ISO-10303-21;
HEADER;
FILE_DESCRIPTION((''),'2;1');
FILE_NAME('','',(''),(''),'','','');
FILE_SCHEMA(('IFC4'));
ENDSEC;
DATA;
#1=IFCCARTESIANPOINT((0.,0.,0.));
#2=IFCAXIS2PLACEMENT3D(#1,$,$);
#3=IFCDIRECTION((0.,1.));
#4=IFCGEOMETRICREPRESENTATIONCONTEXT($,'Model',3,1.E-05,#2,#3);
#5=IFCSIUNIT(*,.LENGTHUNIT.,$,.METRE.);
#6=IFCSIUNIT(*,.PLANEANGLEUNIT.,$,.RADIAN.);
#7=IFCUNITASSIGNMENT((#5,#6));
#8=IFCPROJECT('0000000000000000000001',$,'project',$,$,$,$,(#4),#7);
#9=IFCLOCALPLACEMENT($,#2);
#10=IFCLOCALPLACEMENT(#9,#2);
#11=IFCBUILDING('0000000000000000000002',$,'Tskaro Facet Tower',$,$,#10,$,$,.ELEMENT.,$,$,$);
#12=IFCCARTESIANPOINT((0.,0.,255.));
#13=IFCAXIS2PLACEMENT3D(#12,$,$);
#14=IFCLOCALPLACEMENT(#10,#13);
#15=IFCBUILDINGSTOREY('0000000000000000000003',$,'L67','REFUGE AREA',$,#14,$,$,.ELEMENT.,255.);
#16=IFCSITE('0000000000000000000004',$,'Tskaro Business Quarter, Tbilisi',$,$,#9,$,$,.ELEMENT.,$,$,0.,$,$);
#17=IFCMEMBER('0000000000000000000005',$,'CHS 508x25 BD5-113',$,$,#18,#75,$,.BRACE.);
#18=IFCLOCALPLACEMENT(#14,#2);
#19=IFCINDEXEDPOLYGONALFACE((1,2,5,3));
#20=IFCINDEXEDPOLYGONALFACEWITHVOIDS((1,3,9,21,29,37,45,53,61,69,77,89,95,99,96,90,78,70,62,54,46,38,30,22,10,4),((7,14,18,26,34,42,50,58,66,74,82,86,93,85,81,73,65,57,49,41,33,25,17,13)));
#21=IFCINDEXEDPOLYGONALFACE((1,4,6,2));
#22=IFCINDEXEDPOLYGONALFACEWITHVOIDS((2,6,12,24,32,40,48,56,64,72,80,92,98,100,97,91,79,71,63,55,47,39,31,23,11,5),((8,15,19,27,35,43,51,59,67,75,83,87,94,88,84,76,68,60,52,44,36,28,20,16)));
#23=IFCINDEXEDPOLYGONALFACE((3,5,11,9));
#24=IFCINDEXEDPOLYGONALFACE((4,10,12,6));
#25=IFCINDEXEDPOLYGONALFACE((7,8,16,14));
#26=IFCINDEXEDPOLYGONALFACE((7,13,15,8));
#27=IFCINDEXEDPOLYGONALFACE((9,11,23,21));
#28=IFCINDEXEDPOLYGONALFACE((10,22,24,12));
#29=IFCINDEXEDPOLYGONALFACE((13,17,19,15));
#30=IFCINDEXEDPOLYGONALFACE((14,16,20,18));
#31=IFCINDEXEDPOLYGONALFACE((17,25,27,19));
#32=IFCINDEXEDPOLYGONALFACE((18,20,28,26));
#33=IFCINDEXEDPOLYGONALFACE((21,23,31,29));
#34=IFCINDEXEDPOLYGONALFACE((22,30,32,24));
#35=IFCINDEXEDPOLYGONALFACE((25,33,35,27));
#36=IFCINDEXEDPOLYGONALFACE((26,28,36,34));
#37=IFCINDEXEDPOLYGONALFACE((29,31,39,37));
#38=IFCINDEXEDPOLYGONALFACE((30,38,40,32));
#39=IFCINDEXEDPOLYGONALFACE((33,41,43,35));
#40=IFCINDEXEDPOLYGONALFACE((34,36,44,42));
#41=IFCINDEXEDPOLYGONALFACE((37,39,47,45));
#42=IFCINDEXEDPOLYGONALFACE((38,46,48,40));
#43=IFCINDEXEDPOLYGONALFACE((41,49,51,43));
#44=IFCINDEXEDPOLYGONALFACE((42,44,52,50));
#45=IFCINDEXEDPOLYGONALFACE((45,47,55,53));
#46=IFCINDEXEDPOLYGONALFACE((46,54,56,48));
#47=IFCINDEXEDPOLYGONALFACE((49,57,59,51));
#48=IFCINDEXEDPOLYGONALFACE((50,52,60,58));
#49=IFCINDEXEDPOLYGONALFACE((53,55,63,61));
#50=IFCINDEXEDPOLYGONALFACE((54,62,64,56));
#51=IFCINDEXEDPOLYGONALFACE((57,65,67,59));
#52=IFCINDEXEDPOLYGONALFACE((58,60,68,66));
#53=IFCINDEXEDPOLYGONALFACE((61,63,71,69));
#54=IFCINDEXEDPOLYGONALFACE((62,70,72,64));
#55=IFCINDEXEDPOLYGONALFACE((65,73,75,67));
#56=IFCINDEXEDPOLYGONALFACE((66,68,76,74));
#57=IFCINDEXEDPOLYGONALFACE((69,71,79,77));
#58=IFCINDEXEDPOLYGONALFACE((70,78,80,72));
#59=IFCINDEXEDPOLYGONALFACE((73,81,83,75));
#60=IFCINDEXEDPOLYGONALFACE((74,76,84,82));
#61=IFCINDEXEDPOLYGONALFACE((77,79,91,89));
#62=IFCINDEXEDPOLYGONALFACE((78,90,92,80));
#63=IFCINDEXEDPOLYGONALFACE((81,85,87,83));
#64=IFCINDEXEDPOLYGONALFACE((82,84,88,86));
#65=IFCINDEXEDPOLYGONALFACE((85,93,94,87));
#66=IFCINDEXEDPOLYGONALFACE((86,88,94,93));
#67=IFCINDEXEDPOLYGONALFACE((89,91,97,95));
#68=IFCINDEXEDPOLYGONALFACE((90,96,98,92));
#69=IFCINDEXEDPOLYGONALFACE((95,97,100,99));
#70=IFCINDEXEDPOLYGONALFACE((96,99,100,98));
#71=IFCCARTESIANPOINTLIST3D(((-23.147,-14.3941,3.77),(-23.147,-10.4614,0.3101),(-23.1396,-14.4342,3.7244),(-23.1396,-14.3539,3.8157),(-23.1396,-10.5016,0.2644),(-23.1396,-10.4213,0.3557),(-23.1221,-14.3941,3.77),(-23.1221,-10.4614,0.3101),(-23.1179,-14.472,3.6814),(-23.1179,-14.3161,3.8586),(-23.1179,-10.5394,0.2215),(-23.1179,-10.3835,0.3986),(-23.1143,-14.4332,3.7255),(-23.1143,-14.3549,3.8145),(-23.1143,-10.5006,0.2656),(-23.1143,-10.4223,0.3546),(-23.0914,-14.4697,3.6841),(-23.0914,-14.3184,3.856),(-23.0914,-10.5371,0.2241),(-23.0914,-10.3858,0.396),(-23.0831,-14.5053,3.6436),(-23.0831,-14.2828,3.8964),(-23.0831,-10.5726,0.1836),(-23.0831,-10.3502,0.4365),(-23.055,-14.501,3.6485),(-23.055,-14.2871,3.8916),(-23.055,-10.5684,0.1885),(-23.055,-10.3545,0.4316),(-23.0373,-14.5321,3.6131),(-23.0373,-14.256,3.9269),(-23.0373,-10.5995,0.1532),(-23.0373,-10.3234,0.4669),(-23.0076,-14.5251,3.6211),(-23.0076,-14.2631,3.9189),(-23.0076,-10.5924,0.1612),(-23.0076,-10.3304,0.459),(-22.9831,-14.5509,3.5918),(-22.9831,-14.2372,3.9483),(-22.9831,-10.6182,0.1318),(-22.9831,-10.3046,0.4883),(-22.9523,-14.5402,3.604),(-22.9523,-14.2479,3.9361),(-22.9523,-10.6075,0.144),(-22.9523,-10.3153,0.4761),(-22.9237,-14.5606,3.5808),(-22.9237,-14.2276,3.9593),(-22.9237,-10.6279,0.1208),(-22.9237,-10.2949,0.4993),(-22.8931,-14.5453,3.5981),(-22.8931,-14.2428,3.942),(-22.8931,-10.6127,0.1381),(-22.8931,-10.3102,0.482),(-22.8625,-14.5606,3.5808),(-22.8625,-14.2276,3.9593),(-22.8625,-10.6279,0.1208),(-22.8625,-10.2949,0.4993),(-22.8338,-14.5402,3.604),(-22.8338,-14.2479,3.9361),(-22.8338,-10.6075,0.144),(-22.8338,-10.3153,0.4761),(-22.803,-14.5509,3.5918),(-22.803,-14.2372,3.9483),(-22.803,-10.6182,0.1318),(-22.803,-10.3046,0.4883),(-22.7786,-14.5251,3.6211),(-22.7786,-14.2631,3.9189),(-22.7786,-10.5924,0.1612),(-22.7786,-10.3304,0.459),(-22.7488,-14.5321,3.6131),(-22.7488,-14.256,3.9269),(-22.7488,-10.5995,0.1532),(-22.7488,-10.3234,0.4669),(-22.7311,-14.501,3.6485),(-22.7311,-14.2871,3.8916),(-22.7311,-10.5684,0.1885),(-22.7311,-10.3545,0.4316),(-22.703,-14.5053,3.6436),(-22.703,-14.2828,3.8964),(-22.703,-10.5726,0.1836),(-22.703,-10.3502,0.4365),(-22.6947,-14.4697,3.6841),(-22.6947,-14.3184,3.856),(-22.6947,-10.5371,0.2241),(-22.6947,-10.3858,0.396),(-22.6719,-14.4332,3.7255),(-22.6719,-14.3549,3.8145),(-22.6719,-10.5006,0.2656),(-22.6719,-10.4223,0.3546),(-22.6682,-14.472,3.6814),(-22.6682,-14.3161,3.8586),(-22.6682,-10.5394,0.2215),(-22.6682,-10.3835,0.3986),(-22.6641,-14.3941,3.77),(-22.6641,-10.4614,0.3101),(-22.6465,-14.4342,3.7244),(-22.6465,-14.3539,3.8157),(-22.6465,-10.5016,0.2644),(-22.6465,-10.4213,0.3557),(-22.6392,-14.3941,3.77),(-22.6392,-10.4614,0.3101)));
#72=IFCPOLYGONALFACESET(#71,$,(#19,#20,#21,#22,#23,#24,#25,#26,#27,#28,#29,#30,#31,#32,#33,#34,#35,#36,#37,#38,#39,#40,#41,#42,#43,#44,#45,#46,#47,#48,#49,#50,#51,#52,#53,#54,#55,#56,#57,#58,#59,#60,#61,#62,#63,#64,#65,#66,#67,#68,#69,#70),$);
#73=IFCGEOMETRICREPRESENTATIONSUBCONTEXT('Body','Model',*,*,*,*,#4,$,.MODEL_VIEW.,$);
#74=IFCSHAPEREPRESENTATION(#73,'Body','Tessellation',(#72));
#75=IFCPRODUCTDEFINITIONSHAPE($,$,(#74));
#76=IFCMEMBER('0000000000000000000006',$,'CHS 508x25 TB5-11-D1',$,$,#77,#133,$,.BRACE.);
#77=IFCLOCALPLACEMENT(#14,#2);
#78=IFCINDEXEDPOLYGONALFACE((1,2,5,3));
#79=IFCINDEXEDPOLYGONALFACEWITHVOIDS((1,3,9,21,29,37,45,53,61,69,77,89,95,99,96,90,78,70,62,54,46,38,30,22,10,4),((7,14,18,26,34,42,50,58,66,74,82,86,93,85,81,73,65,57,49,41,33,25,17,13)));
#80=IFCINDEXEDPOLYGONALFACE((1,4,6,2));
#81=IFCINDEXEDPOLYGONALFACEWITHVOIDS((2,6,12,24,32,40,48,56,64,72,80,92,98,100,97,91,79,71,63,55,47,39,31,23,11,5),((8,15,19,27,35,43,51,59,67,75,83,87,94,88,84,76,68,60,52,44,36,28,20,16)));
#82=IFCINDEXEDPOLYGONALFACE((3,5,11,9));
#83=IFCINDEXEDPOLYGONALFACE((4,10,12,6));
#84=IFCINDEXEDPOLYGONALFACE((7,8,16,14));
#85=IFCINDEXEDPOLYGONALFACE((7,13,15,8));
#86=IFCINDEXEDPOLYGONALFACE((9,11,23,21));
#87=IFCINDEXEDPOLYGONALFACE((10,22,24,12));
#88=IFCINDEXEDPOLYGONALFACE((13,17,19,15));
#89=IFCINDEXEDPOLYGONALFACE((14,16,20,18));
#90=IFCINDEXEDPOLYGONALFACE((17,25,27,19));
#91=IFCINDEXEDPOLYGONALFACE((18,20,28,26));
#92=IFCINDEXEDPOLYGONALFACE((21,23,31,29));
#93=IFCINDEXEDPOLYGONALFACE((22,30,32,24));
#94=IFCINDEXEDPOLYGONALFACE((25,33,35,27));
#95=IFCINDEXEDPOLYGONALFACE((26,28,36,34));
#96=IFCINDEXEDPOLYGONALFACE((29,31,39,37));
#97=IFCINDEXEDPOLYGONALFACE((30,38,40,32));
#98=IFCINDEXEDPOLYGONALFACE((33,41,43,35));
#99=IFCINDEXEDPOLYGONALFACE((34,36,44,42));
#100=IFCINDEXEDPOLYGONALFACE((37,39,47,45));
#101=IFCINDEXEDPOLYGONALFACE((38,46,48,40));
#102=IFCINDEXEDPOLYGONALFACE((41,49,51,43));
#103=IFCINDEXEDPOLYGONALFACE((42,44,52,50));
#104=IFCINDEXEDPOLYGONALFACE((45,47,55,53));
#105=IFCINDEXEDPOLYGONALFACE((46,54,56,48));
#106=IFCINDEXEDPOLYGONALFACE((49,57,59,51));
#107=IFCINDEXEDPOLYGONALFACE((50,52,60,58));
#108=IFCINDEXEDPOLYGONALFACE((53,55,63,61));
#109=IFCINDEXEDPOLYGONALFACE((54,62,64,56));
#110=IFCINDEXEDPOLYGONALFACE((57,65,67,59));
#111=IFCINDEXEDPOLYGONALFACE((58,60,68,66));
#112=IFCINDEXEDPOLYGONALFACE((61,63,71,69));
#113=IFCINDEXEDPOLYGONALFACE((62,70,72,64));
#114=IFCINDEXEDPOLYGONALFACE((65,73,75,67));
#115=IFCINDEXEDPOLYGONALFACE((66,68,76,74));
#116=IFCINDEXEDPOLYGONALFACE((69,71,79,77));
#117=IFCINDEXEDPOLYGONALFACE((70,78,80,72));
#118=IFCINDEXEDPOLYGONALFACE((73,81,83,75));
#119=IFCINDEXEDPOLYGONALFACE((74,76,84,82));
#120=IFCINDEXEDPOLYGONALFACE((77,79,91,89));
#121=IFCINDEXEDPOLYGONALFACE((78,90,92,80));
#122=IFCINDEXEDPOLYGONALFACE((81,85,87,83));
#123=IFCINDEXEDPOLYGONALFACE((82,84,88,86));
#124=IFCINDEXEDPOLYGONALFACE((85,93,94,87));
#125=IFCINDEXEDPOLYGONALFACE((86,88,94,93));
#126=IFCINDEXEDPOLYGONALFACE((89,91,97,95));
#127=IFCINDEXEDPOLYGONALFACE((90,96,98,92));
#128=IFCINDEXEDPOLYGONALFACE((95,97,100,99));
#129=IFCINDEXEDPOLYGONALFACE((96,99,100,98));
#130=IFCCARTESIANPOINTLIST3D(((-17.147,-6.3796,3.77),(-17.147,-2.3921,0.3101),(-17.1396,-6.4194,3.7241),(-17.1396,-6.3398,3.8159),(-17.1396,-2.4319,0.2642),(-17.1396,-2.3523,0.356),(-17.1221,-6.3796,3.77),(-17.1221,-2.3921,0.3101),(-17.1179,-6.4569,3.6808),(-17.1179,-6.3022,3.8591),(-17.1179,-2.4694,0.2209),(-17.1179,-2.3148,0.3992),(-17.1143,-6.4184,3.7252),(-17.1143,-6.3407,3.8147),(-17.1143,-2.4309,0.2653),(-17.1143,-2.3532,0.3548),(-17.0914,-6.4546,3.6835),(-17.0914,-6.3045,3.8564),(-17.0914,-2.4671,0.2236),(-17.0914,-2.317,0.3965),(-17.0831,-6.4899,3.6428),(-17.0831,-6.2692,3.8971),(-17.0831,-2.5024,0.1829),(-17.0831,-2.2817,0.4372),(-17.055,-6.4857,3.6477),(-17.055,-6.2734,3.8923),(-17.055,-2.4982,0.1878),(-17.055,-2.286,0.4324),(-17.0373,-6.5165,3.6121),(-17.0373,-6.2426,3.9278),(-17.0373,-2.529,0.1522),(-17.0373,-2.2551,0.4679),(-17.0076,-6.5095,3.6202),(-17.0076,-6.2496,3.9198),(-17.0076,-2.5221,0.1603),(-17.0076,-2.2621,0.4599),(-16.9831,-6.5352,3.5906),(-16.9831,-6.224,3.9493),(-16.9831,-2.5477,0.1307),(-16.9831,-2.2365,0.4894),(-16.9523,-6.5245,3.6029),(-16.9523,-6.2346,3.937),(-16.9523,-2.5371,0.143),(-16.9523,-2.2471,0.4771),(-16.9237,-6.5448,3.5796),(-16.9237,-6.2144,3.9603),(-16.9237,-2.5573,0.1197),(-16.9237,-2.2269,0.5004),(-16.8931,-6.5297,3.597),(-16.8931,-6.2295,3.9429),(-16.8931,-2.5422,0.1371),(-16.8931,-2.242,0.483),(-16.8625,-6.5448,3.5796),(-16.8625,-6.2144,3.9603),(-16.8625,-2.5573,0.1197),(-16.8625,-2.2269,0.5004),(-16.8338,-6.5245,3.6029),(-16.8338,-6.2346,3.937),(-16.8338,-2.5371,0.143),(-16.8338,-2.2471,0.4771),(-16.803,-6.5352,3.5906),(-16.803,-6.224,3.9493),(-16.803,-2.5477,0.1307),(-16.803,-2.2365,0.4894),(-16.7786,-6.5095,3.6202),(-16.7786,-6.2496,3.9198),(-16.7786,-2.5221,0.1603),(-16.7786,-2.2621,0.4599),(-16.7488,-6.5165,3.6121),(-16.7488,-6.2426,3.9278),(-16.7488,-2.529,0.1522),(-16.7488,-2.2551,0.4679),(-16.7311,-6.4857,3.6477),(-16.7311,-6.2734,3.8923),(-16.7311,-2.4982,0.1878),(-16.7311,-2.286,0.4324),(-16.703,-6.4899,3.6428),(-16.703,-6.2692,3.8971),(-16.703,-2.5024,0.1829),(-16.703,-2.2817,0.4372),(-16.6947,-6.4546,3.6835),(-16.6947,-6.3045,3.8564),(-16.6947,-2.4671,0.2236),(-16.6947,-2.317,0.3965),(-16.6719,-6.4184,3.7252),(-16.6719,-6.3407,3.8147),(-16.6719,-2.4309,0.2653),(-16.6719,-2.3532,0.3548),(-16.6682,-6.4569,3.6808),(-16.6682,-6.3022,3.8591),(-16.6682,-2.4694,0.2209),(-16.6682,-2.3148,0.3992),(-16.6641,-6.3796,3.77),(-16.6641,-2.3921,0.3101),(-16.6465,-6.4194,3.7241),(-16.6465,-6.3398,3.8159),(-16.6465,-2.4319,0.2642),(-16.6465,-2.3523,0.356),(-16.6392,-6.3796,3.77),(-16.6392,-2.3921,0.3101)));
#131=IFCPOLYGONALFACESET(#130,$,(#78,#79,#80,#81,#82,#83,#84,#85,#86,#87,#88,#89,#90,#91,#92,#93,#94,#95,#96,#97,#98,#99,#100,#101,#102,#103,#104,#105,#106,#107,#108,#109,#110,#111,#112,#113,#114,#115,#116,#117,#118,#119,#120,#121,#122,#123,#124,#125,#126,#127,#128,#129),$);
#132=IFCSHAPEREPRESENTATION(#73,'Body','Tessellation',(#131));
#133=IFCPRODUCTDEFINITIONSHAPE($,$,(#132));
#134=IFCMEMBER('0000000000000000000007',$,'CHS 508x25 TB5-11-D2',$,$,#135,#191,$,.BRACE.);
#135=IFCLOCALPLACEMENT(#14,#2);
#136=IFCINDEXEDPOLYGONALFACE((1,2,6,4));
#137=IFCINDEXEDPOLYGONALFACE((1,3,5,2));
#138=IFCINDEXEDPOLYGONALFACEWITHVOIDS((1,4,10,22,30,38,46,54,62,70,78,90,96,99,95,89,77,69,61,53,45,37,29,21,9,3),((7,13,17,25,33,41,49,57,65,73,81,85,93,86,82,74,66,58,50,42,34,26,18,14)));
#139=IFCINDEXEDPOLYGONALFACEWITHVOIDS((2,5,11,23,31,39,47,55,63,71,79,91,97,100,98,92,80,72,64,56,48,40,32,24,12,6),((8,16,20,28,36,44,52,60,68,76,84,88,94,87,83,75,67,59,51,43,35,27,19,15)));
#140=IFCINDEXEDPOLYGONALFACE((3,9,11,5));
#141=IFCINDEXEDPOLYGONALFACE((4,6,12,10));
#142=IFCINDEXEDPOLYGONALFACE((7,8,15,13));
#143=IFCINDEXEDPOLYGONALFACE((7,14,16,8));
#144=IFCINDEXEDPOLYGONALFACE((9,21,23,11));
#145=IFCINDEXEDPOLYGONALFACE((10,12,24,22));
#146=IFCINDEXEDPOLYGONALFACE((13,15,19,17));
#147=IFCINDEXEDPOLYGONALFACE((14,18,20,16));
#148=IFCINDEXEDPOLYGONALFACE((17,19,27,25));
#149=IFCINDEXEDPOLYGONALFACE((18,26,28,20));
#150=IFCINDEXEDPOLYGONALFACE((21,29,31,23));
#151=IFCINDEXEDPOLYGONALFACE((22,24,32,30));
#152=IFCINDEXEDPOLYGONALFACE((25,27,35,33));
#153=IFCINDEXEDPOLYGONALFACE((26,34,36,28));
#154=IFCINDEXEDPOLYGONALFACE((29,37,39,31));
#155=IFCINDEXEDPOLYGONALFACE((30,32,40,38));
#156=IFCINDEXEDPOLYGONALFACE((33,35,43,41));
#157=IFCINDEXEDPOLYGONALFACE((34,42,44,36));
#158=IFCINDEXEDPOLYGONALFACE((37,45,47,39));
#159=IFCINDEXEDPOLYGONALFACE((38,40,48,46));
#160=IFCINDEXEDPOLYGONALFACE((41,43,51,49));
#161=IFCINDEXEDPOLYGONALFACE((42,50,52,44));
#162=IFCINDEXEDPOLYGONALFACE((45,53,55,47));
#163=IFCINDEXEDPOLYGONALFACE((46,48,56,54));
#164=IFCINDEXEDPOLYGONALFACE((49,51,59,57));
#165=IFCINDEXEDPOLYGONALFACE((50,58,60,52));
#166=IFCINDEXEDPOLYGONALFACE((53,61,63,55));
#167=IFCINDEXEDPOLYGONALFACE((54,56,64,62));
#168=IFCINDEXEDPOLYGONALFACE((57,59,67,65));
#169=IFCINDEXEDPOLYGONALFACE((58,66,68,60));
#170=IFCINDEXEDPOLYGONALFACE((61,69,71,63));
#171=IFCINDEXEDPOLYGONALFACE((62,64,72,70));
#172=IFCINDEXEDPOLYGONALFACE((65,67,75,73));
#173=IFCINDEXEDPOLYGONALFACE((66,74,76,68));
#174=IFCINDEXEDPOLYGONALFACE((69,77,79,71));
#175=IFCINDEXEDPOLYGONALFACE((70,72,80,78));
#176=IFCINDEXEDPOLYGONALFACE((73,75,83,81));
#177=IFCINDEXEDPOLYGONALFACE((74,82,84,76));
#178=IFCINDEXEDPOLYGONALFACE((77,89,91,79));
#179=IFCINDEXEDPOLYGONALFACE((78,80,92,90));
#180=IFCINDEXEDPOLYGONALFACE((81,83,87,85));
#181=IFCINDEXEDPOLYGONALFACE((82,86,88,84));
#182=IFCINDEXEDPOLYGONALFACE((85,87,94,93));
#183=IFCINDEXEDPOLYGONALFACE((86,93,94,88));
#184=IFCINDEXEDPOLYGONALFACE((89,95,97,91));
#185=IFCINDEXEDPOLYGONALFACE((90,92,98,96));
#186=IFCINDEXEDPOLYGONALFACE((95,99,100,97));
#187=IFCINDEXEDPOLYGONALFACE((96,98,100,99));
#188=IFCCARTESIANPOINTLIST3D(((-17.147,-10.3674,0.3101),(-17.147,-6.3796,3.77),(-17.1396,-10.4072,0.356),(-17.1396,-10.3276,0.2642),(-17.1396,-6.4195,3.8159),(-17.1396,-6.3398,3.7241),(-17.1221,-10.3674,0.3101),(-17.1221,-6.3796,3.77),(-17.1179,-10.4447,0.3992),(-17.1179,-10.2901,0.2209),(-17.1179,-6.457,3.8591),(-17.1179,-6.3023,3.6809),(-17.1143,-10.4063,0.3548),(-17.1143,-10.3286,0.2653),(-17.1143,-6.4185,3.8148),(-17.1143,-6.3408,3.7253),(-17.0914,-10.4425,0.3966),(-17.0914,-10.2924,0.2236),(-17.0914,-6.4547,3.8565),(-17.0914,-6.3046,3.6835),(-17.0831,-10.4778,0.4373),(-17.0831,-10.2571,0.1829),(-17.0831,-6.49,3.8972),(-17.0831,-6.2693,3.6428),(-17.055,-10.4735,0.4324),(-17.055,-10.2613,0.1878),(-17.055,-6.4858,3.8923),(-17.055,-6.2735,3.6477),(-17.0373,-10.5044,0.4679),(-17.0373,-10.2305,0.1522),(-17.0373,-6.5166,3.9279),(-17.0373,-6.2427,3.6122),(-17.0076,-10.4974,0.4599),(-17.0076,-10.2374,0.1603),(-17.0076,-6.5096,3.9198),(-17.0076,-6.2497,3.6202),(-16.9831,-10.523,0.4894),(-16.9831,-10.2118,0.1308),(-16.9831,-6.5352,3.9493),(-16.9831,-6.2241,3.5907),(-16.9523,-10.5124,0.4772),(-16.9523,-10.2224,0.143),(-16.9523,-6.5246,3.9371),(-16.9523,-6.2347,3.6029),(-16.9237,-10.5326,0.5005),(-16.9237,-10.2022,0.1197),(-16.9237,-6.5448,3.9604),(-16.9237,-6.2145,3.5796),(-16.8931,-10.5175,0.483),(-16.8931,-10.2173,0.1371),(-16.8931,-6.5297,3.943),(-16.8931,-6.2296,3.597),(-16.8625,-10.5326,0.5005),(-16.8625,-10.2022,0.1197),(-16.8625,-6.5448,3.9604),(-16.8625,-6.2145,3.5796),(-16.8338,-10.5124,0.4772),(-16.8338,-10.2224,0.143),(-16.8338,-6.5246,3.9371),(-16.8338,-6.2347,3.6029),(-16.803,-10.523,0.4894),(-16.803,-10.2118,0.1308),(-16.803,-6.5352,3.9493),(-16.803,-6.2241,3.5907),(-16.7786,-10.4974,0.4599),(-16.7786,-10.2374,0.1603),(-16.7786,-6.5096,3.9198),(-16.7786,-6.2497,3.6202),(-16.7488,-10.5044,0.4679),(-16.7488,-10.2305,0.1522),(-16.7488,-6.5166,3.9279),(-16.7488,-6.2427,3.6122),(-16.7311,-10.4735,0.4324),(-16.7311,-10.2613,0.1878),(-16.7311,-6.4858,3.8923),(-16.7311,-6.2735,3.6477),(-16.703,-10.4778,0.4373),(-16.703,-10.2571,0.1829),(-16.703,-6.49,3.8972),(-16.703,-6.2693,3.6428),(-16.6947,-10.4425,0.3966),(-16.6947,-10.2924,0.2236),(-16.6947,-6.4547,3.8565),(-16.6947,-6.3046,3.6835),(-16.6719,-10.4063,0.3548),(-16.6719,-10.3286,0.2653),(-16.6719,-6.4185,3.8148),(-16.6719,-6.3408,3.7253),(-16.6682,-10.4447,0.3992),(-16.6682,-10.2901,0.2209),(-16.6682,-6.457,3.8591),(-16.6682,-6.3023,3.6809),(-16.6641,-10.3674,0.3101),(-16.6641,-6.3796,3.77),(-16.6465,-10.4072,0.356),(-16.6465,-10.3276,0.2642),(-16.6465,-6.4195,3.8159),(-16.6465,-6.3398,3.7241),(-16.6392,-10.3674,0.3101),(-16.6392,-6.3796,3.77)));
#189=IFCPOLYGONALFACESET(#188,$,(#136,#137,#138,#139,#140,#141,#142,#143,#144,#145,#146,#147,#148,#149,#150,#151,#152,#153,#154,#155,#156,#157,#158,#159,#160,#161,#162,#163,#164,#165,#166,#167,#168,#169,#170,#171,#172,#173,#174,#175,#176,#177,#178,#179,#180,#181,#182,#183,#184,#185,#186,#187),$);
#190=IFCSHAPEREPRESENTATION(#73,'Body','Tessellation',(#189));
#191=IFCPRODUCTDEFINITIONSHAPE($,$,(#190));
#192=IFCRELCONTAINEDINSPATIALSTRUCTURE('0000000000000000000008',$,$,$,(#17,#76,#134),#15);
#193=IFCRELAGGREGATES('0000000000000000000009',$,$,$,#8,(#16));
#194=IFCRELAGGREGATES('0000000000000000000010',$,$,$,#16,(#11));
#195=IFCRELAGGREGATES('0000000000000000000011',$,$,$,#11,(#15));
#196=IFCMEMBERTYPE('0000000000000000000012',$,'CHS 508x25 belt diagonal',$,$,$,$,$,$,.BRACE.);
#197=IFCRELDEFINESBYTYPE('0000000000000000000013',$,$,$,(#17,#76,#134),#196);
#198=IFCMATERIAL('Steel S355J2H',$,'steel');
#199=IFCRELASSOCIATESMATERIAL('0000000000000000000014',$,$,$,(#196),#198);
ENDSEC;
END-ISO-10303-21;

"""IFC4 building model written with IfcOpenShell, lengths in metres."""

from ifc_helpers import new_model, si_unit, direction, frame, origin, origin_2d, place, context, subcontext, project, spatial, hollow_circle, extrude, material, material_profile, profile_set, type_object, element, save


model = new_model("IFC4")

# Units and contexts
model_context = context("Model", 3, precision=1e-05, world=origin(), true_north=direction((0.0, 1.0)))
body_context = subcontext(model_context, "Body", "Model", "MODEL_VIEW")
ifc_project = project(units=[si_unit("LENGTHUNIT", "METRE"), si_unit("PLANEANGLEUNIT", "RADIAN")], contexts=[model_context])

# Site, building, storey
site_placement = place(None, origin())
site = spatial("IfcSite", under=ifc_project, at=site_placement, Name="Tskaro Business Quarter, Tbilisi", CompositionType="ELEMENT", RefElevation=0.0)
building_placement = place(site_placement, origin())
building = spatial("IfcBuilding", under=site, at=building_placement, Name="Tskaro Facet Tower", CompositionType="ELEMENT")
storey_placement = place(building_placement, frame((0.0, 0.0, 255.0)))
storey = spatial("IfcBuildingStorey", under=building, at=storey_placement, Name="L67", Description="REFUGE AREA", CompositionType="ELEMENT", Elevation=255.0)

# Shared definitions
ifc_material_1 = material(Name="Steel S355J2H", Category="steel")

# Members
ifc_material_profile_1 = material_profile(ifc_material_1, hollow_circle(Radius=0.2539, WallThickness=0.0249, at=origin_2d()), Name="CHS 508x25")
ifc_profile_set_1 = profile_set([ifc_material_profile_1], Name="Steel S355J2H")
member_type_1 = type_object("IfcMemberType", Name="CHS 508x25 belt diagonal", PredefinedType="BRACE", material=ifc_profile_set_1)
member_1_placement = place(storey_placement, frame((-22.8931, -10.4614, 0.3101), z_axis=(0.0, -0.750784, 0.660548), x_axis=(1.0, 0.0, 0.0)))
element("IfcMember", 1, at=member_1_placement, inside=storey, type_object=member_type_1, Name="CHS 508x25 BD5-113", PredefinedType="BRACE", context=body_context, shape_type="SweptSolid", body=[
    extrude(hollow_circle(Radius=0.2539, WallThickness=0.0249, at=origin_2d()), origin(), (0.0, 0.0, 1.0), 5.238),
])
member_2_placement = place(storey_placement, frame((-16.8931, -2.3921, 0.3101), z_axis=(0.0, -0.755306, 0.655372), x_axis=(1.0, 0.0, 0.0)))
element("IfcMember", 2, at=member_2_placement, inside=storey, type_object=member_type_1, Name="CHS 508x25 TB5-11-D1", PredefinedType="BRACE", context=body_context, shape_type="SweptSolid", body=[
    extrude(hollow_circle(Radius=0.2539, WallThickness=0.0249, at=origin_2d()), origin(), (0.0, 0.0, 1.0), 5.2793),
])
member_3_placement = place(storey_placement, frame((-16.8931, -6.3796, 3.77), z_axis=(0.0, -0.755326, -0.655349), x_axis=(1.0, 0.0, 0.0)))
element("IfcMember", 3, at=member_3_placement, inside=storey, type_object=member_type_1, Name="CHS 508x25 TB5-11-D2", PredefinedType="BRACE", context=body_context, shape_type="SweptSolid", body=[
    extrude(hollow_circle(Radius=0.2539, WallThickness=0.0249, at=origin_2d()), origin(), (0.0, 0.0, 1.0), 5.2795),
])

save(model, "model.ifc")
